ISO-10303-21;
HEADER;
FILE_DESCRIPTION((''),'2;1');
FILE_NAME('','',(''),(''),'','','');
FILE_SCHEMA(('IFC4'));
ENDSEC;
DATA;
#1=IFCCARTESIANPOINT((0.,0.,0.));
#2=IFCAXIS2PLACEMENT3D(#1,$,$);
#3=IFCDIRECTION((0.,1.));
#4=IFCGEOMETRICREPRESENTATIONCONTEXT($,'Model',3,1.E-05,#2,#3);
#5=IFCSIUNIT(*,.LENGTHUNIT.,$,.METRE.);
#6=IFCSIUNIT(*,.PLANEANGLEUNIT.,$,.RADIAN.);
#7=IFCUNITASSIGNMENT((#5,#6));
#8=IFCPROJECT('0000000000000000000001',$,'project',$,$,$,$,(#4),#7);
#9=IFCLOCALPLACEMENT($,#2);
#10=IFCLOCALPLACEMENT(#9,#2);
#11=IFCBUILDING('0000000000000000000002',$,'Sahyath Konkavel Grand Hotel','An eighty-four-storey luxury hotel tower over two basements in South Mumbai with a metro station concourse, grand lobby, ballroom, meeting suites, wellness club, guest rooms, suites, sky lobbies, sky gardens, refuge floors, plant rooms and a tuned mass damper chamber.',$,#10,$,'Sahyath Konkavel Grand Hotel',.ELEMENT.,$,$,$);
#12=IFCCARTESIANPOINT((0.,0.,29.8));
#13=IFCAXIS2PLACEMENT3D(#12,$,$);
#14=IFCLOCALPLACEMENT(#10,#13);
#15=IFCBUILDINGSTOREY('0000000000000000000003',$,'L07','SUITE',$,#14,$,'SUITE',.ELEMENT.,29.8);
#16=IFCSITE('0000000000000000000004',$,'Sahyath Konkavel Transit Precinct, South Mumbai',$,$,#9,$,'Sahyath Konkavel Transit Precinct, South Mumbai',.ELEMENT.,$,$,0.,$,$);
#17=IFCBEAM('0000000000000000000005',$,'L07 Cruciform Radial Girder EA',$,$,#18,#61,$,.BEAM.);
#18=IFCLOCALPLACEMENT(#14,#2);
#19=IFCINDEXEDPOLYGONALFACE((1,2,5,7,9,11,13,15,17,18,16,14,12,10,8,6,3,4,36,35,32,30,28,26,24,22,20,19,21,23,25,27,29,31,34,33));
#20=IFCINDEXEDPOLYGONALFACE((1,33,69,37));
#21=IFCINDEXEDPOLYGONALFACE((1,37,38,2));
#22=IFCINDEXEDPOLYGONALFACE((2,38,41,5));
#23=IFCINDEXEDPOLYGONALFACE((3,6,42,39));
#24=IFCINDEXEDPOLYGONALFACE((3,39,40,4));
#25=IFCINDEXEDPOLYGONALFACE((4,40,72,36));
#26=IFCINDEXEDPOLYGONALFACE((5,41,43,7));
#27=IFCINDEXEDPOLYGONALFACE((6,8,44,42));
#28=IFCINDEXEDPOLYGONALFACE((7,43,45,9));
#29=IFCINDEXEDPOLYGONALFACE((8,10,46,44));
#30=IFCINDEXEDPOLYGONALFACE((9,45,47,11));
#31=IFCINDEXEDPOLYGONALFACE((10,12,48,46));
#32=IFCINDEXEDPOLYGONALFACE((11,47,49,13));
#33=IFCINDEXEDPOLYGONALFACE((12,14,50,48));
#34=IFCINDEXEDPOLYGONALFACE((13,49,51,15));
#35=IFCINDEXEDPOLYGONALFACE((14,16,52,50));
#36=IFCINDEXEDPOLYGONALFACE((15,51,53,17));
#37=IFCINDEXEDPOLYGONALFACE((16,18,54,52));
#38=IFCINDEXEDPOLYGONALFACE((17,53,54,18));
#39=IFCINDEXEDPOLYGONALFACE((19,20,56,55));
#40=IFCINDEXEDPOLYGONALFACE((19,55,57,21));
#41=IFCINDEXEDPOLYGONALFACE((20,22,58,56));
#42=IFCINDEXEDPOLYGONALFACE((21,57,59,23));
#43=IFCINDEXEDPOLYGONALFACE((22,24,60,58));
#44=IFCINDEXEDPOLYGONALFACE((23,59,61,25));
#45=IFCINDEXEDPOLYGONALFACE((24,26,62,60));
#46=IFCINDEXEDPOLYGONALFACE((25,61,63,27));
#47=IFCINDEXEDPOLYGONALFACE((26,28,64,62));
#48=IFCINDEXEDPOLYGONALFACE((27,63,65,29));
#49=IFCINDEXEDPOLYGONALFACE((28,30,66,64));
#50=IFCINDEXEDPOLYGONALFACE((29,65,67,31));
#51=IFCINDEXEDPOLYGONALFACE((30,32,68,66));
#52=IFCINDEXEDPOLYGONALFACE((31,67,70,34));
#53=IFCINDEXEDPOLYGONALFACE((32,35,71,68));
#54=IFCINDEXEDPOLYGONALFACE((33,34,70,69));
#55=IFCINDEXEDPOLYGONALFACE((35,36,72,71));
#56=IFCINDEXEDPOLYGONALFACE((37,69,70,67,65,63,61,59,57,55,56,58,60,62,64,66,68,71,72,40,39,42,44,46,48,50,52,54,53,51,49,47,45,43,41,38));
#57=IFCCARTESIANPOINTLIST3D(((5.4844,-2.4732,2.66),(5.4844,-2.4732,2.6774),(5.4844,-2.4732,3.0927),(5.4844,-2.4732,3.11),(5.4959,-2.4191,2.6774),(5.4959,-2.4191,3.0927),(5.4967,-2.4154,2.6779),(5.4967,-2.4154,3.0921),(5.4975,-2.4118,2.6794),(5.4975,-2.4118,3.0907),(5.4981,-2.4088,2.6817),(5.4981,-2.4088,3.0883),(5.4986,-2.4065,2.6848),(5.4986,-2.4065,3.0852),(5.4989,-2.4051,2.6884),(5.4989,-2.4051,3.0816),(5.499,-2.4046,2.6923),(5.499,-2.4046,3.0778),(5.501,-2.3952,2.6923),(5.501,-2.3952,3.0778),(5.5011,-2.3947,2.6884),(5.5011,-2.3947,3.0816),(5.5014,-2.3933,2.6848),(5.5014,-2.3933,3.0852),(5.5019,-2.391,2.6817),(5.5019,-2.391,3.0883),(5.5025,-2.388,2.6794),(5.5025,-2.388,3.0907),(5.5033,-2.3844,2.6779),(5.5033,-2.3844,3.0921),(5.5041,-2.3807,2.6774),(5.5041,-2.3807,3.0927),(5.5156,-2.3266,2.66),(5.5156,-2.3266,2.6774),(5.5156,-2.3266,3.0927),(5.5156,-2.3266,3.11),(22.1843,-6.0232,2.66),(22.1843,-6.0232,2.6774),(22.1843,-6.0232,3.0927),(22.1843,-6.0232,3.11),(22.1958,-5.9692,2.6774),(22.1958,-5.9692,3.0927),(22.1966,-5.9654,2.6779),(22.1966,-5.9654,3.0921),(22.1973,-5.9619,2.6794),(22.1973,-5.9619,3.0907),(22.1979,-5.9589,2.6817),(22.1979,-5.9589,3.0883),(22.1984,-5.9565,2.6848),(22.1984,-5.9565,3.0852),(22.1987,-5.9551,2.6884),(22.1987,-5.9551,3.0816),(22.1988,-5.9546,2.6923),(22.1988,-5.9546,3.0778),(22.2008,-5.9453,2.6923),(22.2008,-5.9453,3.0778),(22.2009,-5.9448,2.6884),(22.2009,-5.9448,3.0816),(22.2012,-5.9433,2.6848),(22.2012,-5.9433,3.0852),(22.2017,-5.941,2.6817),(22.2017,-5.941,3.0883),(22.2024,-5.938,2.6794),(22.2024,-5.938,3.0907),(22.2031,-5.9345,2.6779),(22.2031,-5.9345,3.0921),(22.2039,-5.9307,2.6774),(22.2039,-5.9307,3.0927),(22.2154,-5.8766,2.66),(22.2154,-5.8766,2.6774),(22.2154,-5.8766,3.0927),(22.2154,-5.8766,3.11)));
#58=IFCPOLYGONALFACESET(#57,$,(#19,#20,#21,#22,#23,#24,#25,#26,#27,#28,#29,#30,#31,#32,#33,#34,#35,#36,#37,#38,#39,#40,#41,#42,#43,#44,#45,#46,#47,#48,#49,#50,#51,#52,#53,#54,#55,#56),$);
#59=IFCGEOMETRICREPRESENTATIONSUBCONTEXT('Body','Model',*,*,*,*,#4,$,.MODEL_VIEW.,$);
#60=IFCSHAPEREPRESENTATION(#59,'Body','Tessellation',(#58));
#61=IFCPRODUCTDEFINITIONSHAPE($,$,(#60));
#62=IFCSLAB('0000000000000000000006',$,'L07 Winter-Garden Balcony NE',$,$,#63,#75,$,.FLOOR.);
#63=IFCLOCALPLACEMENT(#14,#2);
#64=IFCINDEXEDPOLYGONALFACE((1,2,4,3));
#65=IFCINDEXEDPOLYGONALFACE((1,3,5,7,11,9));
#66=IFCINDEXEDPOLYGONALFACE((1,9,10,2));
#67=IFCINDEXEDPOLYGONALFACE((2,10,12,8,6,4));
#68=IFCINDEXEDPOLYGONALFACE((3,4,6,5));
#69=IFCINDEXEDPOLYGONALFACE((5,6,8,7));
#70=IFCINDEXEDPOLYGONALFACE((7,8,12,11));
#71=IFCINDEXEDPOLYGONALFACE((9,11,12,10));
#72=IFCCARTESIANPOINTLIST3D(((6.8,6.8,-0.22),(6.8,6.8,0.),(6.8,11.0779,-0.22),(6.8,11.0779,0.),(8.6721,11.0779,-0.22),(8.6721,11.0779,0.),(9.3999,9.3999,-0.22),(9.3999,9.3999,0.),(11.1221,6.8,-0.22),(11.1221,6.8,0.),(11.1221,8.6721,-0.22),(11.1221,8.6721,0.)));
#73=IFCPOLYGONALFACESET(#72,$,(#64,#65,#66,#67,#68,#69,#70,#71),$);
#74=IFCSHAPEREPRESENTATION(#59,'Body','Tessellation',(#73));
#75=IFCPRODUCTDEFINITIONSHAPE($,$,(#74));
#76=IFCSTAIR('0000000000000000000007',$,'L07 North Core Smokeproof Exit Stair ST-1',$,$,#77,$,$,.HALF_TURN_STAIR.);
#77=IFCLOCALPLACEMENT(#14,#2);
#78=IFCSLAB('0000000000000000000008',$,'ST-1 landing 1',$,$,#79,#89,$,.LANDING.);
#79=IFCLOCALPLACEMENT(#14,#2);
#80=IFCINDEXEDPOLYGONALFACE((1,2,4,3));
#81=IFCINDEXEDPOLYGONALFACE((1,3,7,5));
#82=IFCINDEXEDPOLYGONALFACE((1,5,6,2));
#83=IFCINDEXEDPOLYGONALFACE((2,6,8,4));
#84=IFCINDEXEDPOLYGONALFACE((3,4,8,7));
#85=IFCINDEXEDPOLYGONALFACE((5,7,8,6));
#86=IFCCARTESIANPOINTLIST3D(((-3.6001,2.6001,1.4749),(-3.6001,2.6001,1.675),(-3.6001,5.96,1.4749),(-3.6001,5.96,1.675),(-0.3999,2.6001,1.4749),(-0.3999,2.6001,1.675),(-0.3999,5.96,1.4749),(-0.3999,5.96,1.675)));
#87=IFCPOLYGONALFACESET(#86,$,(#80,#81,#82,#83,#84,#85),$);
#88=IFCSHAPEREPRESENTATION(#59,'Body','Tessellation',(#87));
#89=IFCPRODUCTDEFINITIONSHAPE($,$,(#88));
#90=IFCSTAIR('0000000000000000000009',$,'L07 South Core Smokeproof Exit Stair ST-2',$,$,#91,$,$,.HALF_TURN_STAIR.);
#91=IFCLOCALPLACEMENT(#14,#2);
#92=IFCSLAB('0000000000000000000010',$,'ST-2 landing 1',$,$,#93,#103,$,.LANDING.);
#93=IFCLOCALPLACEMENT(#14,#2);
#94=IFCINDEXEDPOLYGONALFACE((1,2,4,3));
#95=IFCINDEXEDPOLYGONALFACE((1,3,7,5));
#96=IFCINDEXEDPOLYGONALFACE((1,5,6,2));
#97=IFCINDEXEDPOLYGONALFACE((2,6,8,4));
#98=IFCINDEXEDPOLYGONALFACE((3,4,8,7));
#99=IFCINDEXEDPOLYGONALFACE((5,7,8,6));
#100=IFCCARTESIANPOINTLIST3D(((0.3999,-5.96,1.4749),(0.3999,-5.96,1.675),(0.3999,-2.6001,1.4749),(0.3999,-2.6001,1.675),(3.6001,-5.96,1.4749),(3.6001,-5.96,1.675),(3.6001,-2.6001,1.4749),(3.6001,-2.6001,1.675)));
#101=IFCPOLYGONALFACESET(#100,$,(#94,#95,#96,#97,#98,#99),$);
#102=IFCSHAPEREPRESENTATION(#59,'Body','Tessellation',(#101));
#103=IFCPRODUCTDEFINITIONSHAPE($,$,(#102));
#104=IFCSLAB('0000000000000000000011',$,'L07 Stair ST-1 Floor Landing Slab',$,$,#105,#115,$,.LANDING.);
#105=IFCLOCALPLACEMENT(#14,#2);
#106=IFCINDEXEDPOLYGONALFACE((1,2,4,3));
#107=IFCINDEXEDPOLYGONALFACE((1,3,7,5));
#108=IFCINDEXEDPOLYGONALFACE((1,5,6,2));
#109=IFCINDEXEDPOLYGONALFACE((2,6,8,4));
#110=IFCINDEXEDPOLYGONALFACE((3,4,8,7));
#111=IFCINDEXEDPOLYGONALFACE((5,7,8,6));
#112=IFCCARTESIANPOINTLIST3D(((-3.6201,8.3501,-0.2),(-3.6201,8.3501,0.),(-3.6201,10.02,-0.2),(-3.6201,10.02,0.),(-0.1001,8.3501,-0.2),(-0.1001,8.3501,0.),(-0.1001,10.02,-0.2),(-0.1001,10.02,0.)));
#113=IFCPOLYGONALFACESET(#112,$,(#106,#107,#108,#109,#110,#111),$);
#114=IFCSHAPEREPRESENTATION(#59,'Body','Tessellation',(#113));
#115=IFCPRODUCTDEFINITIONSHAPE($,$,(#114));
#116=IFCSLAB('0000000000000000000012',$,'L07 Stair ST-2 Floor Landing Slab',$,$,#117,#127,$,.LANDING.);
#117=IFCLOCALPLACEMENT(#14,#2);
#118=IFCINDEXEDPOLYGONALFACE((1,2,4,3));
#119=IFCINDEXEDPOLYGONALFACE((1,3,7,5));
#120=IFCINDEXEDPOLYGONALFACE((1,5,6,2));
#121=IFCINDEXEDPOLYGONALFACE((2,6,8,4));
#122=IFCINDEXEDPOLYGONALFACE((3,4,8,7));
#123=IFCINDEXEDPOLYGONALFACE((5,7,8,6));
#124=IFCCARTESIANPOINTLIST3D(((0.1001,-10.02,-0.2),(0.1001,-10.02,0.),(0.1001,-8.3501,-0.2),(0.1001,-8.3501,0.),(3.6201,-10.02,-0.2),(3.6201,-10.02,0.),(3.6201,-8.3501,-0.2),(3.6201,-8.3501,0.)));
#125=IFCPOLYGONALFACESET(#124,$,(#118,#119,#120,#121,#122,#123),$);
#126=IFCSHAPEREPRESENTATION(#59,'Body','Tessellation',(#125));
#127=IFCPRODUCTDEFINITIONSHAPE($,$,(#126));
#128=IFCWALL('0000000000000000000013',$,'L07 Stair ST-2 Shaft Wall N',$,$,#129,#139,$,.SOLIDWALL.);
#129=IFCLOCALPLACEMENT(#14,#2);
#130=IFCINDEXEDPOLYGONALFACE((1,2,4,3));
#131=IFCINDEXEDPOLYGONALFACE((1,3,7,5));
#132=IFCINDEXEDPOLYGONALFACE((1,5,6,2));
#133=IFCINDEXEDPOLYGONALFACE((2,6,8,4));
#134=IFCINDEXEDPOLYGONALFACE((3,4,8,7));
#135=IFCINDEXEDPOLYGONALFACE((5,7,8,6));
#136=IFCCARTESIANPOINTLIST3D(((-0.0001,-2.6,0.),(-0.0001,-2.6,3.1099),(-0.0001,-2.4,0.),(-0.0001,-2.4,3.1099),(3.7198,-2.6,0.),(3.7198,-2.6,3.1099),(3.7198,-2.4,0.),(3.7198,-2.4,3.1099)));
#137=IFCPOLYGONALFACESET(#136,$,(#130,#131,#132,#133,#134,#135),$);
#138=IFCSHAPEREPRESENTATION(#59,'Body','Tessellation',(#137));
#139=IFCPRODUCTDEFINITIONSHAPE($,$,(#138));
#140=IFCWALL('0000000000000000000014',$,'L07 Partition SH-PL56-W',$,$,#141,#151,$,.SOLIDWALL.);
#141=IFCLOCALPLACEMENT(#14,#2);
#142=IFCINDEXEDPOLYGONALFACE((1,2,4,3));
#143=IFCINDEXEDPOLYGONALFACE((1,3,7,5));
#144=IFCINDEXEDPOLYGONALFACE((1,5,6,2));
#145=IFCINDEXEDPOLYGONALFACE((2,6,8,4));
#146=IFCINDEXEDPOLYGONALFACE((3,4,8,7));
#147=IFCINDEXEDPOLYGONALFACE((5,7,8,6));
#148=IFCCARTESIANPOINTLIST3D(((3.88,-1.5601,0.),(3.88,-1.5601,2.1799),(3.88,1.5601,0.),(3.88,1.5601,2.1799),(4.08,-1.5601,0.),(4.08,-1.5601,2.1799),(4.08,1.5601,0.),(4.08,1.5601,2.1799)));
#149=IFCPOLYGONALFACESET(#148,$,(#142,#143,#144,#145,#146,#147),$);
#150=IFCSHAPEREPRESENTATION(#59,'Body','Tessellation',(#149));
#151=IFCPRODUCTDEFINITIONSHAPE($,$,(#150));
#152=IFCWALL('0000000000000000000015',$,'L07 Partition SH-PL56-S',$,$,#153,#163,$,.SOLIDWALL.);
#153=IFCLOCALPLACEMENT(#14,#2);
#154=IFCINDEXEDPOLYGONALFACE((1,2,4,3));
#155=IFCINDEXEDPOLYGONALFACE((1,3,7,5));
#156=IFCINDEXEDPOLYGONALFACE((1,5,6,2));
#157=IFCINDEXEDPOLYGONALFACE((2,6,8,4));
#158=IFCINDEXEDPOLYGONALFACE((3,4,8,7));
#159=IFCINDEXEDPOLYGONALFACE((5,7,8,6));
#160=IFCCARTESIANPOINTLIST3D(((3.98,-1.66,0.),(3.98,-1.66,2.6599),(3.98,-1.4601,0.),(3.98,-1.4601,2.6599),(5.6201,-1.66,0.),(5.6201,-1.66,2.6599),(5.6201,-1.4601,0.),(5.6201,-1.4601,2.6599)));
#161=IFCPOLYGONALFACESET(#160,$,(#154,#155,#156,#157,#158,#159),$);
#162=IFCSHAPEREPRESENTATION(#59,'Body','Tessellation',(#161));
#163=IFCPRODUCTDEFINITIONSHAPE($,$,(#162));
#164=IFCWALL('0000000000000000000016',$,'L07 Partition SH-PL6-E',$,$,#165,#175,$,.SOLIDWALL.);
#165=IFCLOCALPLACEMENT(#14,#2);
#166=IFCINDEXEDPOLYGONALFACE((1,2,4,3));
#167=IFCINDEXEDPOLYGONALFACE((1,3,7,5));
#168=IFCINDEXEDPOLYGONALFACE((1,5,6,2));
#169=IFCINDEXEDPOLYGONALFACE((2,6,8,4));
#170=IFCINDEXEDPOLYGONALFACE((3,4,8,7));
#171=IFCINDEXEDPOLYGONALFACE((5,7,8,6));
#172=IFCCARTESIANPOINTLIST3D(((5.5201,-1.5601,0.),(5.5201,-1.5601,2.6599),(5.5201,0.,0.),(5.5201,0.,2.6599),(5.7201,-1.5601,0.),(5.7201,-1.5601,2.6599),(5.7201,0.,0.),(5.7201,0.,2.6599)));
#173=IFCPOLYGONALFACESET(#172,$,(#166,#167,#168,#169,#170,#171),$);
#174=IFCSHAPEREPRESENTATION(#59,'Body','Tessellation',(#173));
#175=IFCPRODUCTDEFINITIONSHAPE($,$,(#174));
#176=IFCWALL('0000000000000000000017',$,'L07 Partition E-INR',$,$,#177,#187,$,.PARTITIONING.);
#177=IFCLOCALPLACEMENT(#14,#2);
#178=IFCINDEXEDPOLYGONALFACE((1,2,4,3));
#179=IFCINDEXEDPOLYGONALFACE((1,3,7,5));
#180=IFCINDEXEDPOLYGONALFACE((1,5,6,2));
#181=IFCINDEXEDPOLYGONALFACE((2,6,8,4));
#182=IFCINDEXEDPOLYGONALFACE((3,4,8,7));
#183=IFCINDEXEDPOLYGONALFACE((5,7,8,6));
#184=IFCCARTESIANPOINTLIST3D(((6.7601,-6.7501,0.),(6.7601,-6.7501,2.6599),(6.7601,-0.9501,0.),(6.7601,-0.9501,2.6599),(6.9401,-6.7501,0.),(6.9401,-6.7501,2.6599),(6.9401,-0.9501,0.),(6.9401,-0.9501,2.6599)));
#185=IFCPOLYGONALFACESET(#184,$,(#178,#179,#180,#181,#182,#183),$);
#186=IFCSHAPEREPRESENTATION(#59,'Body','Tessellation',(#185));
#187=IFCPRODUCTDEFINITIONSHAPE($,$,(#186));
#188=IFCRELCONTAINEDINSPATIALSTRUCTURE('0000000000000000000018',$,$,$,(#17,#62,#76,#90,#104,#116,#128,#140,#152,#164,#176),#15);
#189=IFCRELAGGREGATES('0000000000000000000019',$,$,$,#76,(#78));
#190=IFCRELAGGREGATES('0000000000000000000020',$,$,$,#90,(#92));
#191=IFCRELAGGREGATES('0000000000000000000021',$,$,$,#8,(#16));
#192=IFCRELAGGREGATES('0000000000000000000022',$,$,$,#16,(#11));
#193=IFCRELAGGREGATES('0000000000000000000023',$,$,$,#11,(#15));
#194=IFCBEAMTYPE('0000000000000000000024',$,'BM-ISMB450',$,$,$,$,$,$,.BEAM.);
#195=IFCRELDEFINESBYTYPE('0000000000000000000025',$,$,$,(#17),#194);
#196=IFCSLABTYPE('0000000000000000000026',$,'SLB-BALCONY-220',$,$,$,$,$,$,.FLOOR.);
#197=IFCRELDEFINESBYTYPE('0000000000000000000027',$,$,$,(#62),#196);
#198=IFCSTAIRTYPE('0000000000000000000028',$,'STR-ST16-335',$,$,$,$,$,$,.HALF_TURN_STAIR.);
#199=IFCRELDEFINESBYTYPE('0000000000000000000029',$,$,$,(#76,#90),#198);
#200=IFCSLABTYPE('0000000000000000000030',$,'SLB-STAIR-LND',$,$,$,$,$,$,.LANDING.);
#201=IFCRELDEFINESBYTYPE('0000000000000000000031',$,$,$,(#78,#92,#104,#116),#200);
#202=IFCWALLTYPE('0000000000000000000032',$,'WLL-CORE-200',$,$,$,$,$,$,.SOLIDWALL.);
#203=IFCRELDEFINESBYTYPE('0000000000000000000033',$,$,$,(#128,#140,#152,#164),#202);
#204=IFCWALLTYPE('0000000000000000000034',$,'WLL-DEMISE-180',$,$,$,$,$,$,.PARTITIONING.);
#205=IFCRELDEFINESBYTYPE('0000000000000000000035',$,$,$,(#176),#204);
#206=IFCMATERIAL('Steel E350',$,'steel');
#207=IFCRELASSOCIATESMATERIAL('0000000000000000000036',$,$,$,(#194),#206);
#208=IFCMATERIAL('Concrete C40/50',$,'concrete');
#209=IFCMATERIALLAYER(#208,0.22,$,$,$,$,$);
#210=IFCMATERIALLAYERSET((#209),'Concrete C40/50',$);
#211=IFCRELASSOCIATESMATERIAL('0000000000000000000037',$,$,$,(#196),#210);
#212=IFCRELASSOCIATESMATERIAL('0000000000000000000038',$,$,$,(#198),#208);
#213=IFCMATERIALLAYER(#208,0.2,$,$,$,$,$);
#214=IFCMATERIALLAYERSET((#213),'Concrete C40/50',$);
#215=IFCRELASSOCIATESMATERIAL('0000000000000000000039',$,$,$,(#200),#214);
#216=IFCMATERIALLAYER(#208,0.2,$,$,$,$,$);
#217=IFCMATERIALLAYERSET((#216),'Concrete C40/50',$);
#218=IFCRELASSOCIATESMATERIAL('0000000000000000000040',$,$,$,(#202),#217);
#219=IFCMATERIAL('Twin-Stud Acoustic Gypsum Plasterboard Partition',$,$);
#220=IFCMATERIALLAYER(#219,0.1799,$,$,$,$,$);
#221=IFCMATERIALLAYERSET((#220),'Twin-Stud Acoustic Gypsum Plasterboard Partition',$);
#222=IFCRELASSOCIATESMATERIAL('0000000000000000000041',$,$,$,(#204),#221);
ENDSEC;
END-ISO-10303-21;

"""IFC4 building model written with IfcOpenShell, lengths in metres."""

from ifc_helpers import new_model, si_unit, direction, frame, frame_2d, origin, origin_2d, place, context, subcontext, project, spatial, polyline, rectangle, i_section, outline, extrude, source, transform, mapped, material, layer, layer_set, material_profile, profile_set, type_object, element, aggregate, save


model = new_model("IFC4")

# Units and contexts
model_context = context("Model", 3, precision=1e-05, world=origin(), true_north=direction((0.0, 1.0)))
body_context = subcontext(model_context, "Body", "Model", "MODEL_VIEW")
ifc_project = project(units=[si_unit("LENGTHUNIT", "METRE"), si_unit("PLANEANGLEUNIT", "RADIAN")], contexts=[model_context])

# Site, building, storey
site_placement = place(None, origin())
site = spatial("IfcSite", under=ifc_project, at=site_placement, Name="Sahyath Konkavel Transit Precinct, South Mumbai", LongName="Sahyath Konkavel Transit Precinct, South Mumbai", CompositionType="ELEMENT", RefElevation=0.0)
building_placement = place(site_placement, origin())
building = spatial("IfcBuilding", under=site, at=building_placement, Name="Sahyath Konkavel Grand Hotel", Description="An eighty-four-storey luxury hotel tower over two basements in South Mumbai with a metro station concourse, grand lobby, ballroom, meeting suites, wellness club, guest rooms, suites, sky lobbies, sky gardens, refuge floors, plant rooms and a tuned mass damper chamber.", LongName="Sahyath Konkavel Grand Hotel", CompositionType="ELEMENT")
storey_placement = place(building_placement, frame((0.0, 0.0, 29.8)))
storey = spatial("IfcBuildingStorey", under=building, at=storey_placement, Name="L07", Description="SUITE", LongName="SUITE", CompositionType="ELEMENT", Elevation=29.8)

# Beam
ifc_material_1 = material(Name="Steel E350", Category="steel")
ifc_material_profile_1 = material_profile(ifc_material_1, i_section(OverallWidth=0.1499, OverallDepth=0.45, WebThickness=0.0095, FlangeThickness=0.0173, FilletRadius=0.0149, at=origin_2d()), Name="ISMB 450")
ifc_profile_set_1 = profile_set([ifc_material_profile_1], Name="Steel E350")
beam_type_1 = type_object("IfcBeamType", Name="BM-ISMB450", PredefinedType="BEAM", material=ifc_profile_set_1)
shared_shape_1 = source(origin(), body_context, "Body", "SweptSolid", [
    extrude(i_section(OverallWidth=0.1499, OverallDepth=0.45, WebThickness=0.0095, FlangeThickness=0.0173, FilletRadius=0.0149, at=origin_2d()), origin(), (0.0, 0.0, 1.0), 17.073),
])
beam_1_placement = place(storey_placement, frame((5.5, -2.3999, 2.885), z_axis=(0.978143, -0.207932, 0.0), x_axis=(0.207932, 0.978143, 0.0)))
element("IfcBeam", 1, at=beam_1_placement, inside=storey, type_object=beam_type_1, Name="L07 Cruciform Radial Girder EA", PredefinedType="BEAM", context=body_context, shape_type="MappedRepresentation", body=[
    mapped(shared_shape_1, transform((0.0, 0.0, 0.0), scale=1.0)),
])

# Slab
ifc_material_2 = material(Name="Concrete C40/50", Category="concrete")
ifc_layer_1 = layer(ifc_material_2, 0.22)
ifc_layer_set_1 = layer_set([ifc_layer_1], Name="Concrete C40/50")
slab_type_1 = type_object("IfcSlabType", Name="SLB-BALCONY-220", PredefinedType="FLOOR", material=ifc_layer_set_1)
slab_1_placement = place(storey_placement, frame((0.0, 0.0, -0.22)))
element("IfcSlab", 2, at=slab_1_placement, inside=storey, type_object=slab_type_1, Name="L07 Winter-Garden Balcony NE", PredefinedType="FLOOR", context=body_context, shape_type="SweptSolid", body=[
    extrude(outline(polyline([(6.8, 6.8), (11.1221, 6.8), (11.1221, 8.6721), (9.3999, 9.3999), (8.6721, 11.0779), (6.8, 11.0779), (6.8, 6.8)])), origin(), (0.0, 0.0, 1.0), 0.22),
])

# Stairs, slabs
stair_type = type_object("IfcStairType", Name="STR-ST16-335", PredefinedType="HALF_TURN_STAIR", material=ifc_material_2)
stair_1_placement = place(storey_placement, origin())
stair_1 = element("IfcStair", 3, at=stair_1_placement, inside=storey, type_object=stair_type, Name="L07 North Core Smokeproof Exit Stair ST-1", PredefinedType="HALF_TURN_STAIR")
ifc_layer_2 = layer(ifc_material_2, 0.2)
ifc_layer_set_2 = layer_set([ifc_layer_2], Name="Concrete C40/50")
slab_type_2 = type_object("IfcSlabType", Name="SLB-STAIR-LND", PredefinedType="LANDING", material=ifc_layer_set_2)
slab_2_placement = place(storey_placement, frame((0.0, 0.0, 1.4749)))
slab_2 = element("IfcSlab", 4, at=slab_2_placement, type_object=slab_type_2, Name="ST-1 landing 1", PredefinedType="LANDING", context=body_context, shape_type="SweptSolid", body=[
    extrude(outline(polyline([(-3.6001, 5.96), (-3.6001, 2.6001), (-0.3999, 2.6001), (-0.3999, 5.96), (-3.6001, 5.96)])), origin(), (0.0, 0.0, 1.0), 0.2002),
])
aggregate(stair_1, [slab_2])
stair_2_placement = place(storey_placement, origin())
stair_2 = element("IfcStair", 5, at=stair_2_placement, inside=storey, type_object=stair_type, Name="L07 South Core Smokeproof Exit Stair ST-2", PredefinedType="HALF_TURN_STAIR")
slab_3_placement = place(storey_placement, frame((0.0, 0.0, 1.4749)))
slab_3 = element("IfcSlab", 6, at=slab_3_placement, type_object=slab_type_2, Name="ST-2 landing 1", PredefinedType="LANDING", context=body_context, shape_type="SweptSolid", body=[
    extrude(outline(polyline([(3.6001, -5.96), (3.6001, -2.6001), (0.3999, -2.6001), (0.3999, -5.96), (3.6001, -5.96)])), origin(), (0.0, 0.0, 1.0), 0.2002),
])

# Slabs
slab_4_placement = place(storey_placement, frame((0.0, 0.0, -0.2)))
element("IfcSlab", 7, at=slab_4_placement, inside=storey, type_object=slab_type_2, Name="L07 Stair ST-1 Floor Landing Slab", PredefinedType="LANDING", context=body_context, shape_type="SweptSolid", body=[
    extrude(outline(polyline([(-3.6201, 8.3501), (-0.1001, 8.3501), (-0.1001, 10.02), (-3.6201, 10.02), (-3.6201, 8.3501)])), origin(), (0.0, 0.0, 1.0), 0.2),
])
slab_5_placement = place(storey_placement, frame((0.0, 0.0, -0.2)))
element("IfcSlab", 8, at=slab_5_placement, inside=storey, type_object=slab_type_2, Name="L07 Stair ST-2 Floor Landing Slab", PredefinedType="LANDING", context=body_context, shape_type="SweptSolid", body=[
    extrude(outline(polyline([(0.1001, -10.02), (3.6201, -10.02), (3.6201, -8.3501), (0.1001, -8.3501), (0.1001, -10.02)])), origin(), (0.0, 0.0, 1.0), 0.2),
])

# Walls
ifc_layer_3 = layer(ifc_material_2, 0.2)
ifc_layer_set_3 = layer_set([ifc_layer_3], Name="Concrete C40/50")
wall_type_1 = type_object("IfcWallType", Name="WLL-CORE-200", PredefinedType="SOLIDWALL", material=ifc_layer_set_3)
wall_1_placement = place(storey_placement, frame((0.0, -2.5, 0.0), z_axis=(0.0, 0.0, 1.0), x_axis=(1.0, 0.0, 0.0)))
element("IfcWall", 9, at=wall_1_placement, inside=storey, type_object=wall_type_1, Name="L07 Stair ST-2 Shaft Wall N", PredefinedType="SOLIDWALL", context=body_context, shape_type="SweptSolid", body=[
    extrude(rectangle(XDim=3.72, YDim=0.2, at=frame_2d((1.8599, 0.0))), origin(), (0.0, 0.0, 1.0), 3.1099),
])
wall_2_placement = place(storey_placement, frame((3.98, -1.5601, 0.0), z_axis=(0.0, 0.0, 1.0), x_axis=(0.0, 1.0, 0.0)))
element("IfcWall", 10, at=wall_2_placement, inside=storey, type_object=wall_type_1, Name="L07 Partition SH-PL56-W", PredefinedType="SOLIDWALL", context=body_context, shape_type="SweptSolid", body=[
    extrude(rectangle(XDim=3.1201, YDim=0.2, at=frame_2d((1.5601, 0.0))), origin(), (0.0, 0.0, 1.0), 2.1799),
])
wall_3_placement = place(storey_placement, frame((3.98, -1.5601, 0.0), z_axis=(0.0, 0.0, 1.0), x_axis=(1.0, 0.0, 0.0)))
element("IfcWall", 11, at=wall_3_placement, inside=storey, type_object=wall_type_1, Name="L07 Partition SH-PL56-S", PredefinedType="SOLIDWALL", context=body_context, shape_type="SweptSolid", body=[
    extrude(rectangle(XDim=1.6401, YDim=0.2, at=frame_2d((0.8201, 0.0))), origin(), (0.0, 0.0, 1.0), 2.6599),
])
wall_4_placement = place(storey_placement, frame((5.6201, -1.5601, 0.0), z_axis=(0.0, 0.0, 1.0), x_axis=(0.0, 1.0, 0.0)))
element("IfcWall", 12, at=wall_4_placement, inside=storey, type_object=wall_type_1, Name="L07 Partition SH-PL6-E", PredefinedType="SOLIDWALL", context=body_context, shape_type="SweptSolid", body=[
    extrude(rectangle(XDim=1.5601, YDim=0.2, at=frame_2d((0.78, 0.0))), origin(), (0.0, 0.0, 1.0), 2.6599),
])
ifc_material_3 = material(Name="Twin-Stud Acoustic Gypsum Plasterboard Partition")
ifc_layer_4 = layer(ifc_material_3, 0.1799)
ifc_layer_set_4 = layer_set([ifc_layer_4], Name="Twin-Stud Acoustic Gypsum Plasterboard Partition")
wall_type_2 = type_object("IfcWallType", Name="WLL-DEMISE-180", PredefinedType="PARTITIONING", material=ifc_layer_set_4)
wall_5_placement = place(storey_placement, frame((6.8501, -6.75, 0.0), z_axis=(0.0, 0.0, 1.0), x_axis=(0.0, 1.0, 0.0)))
element("IfcWall", 13, at=wall_5_placement, inside=storey, type_object=wall_type_2, Name="L07 Partition E-INR", PredefinedType="PARTITIONING", context=body_context, shape_type="SweptSolid", body=[
    extrude(rectangle(XDim=5.8, YDim=0.1799, at=frame_2d((2.8999, 0.0))), origin(), (0.0, 0.0, 1.0), 2.6599),
])

aggregate(stair_2, [slab_3])

save(model, "model.ifc")
